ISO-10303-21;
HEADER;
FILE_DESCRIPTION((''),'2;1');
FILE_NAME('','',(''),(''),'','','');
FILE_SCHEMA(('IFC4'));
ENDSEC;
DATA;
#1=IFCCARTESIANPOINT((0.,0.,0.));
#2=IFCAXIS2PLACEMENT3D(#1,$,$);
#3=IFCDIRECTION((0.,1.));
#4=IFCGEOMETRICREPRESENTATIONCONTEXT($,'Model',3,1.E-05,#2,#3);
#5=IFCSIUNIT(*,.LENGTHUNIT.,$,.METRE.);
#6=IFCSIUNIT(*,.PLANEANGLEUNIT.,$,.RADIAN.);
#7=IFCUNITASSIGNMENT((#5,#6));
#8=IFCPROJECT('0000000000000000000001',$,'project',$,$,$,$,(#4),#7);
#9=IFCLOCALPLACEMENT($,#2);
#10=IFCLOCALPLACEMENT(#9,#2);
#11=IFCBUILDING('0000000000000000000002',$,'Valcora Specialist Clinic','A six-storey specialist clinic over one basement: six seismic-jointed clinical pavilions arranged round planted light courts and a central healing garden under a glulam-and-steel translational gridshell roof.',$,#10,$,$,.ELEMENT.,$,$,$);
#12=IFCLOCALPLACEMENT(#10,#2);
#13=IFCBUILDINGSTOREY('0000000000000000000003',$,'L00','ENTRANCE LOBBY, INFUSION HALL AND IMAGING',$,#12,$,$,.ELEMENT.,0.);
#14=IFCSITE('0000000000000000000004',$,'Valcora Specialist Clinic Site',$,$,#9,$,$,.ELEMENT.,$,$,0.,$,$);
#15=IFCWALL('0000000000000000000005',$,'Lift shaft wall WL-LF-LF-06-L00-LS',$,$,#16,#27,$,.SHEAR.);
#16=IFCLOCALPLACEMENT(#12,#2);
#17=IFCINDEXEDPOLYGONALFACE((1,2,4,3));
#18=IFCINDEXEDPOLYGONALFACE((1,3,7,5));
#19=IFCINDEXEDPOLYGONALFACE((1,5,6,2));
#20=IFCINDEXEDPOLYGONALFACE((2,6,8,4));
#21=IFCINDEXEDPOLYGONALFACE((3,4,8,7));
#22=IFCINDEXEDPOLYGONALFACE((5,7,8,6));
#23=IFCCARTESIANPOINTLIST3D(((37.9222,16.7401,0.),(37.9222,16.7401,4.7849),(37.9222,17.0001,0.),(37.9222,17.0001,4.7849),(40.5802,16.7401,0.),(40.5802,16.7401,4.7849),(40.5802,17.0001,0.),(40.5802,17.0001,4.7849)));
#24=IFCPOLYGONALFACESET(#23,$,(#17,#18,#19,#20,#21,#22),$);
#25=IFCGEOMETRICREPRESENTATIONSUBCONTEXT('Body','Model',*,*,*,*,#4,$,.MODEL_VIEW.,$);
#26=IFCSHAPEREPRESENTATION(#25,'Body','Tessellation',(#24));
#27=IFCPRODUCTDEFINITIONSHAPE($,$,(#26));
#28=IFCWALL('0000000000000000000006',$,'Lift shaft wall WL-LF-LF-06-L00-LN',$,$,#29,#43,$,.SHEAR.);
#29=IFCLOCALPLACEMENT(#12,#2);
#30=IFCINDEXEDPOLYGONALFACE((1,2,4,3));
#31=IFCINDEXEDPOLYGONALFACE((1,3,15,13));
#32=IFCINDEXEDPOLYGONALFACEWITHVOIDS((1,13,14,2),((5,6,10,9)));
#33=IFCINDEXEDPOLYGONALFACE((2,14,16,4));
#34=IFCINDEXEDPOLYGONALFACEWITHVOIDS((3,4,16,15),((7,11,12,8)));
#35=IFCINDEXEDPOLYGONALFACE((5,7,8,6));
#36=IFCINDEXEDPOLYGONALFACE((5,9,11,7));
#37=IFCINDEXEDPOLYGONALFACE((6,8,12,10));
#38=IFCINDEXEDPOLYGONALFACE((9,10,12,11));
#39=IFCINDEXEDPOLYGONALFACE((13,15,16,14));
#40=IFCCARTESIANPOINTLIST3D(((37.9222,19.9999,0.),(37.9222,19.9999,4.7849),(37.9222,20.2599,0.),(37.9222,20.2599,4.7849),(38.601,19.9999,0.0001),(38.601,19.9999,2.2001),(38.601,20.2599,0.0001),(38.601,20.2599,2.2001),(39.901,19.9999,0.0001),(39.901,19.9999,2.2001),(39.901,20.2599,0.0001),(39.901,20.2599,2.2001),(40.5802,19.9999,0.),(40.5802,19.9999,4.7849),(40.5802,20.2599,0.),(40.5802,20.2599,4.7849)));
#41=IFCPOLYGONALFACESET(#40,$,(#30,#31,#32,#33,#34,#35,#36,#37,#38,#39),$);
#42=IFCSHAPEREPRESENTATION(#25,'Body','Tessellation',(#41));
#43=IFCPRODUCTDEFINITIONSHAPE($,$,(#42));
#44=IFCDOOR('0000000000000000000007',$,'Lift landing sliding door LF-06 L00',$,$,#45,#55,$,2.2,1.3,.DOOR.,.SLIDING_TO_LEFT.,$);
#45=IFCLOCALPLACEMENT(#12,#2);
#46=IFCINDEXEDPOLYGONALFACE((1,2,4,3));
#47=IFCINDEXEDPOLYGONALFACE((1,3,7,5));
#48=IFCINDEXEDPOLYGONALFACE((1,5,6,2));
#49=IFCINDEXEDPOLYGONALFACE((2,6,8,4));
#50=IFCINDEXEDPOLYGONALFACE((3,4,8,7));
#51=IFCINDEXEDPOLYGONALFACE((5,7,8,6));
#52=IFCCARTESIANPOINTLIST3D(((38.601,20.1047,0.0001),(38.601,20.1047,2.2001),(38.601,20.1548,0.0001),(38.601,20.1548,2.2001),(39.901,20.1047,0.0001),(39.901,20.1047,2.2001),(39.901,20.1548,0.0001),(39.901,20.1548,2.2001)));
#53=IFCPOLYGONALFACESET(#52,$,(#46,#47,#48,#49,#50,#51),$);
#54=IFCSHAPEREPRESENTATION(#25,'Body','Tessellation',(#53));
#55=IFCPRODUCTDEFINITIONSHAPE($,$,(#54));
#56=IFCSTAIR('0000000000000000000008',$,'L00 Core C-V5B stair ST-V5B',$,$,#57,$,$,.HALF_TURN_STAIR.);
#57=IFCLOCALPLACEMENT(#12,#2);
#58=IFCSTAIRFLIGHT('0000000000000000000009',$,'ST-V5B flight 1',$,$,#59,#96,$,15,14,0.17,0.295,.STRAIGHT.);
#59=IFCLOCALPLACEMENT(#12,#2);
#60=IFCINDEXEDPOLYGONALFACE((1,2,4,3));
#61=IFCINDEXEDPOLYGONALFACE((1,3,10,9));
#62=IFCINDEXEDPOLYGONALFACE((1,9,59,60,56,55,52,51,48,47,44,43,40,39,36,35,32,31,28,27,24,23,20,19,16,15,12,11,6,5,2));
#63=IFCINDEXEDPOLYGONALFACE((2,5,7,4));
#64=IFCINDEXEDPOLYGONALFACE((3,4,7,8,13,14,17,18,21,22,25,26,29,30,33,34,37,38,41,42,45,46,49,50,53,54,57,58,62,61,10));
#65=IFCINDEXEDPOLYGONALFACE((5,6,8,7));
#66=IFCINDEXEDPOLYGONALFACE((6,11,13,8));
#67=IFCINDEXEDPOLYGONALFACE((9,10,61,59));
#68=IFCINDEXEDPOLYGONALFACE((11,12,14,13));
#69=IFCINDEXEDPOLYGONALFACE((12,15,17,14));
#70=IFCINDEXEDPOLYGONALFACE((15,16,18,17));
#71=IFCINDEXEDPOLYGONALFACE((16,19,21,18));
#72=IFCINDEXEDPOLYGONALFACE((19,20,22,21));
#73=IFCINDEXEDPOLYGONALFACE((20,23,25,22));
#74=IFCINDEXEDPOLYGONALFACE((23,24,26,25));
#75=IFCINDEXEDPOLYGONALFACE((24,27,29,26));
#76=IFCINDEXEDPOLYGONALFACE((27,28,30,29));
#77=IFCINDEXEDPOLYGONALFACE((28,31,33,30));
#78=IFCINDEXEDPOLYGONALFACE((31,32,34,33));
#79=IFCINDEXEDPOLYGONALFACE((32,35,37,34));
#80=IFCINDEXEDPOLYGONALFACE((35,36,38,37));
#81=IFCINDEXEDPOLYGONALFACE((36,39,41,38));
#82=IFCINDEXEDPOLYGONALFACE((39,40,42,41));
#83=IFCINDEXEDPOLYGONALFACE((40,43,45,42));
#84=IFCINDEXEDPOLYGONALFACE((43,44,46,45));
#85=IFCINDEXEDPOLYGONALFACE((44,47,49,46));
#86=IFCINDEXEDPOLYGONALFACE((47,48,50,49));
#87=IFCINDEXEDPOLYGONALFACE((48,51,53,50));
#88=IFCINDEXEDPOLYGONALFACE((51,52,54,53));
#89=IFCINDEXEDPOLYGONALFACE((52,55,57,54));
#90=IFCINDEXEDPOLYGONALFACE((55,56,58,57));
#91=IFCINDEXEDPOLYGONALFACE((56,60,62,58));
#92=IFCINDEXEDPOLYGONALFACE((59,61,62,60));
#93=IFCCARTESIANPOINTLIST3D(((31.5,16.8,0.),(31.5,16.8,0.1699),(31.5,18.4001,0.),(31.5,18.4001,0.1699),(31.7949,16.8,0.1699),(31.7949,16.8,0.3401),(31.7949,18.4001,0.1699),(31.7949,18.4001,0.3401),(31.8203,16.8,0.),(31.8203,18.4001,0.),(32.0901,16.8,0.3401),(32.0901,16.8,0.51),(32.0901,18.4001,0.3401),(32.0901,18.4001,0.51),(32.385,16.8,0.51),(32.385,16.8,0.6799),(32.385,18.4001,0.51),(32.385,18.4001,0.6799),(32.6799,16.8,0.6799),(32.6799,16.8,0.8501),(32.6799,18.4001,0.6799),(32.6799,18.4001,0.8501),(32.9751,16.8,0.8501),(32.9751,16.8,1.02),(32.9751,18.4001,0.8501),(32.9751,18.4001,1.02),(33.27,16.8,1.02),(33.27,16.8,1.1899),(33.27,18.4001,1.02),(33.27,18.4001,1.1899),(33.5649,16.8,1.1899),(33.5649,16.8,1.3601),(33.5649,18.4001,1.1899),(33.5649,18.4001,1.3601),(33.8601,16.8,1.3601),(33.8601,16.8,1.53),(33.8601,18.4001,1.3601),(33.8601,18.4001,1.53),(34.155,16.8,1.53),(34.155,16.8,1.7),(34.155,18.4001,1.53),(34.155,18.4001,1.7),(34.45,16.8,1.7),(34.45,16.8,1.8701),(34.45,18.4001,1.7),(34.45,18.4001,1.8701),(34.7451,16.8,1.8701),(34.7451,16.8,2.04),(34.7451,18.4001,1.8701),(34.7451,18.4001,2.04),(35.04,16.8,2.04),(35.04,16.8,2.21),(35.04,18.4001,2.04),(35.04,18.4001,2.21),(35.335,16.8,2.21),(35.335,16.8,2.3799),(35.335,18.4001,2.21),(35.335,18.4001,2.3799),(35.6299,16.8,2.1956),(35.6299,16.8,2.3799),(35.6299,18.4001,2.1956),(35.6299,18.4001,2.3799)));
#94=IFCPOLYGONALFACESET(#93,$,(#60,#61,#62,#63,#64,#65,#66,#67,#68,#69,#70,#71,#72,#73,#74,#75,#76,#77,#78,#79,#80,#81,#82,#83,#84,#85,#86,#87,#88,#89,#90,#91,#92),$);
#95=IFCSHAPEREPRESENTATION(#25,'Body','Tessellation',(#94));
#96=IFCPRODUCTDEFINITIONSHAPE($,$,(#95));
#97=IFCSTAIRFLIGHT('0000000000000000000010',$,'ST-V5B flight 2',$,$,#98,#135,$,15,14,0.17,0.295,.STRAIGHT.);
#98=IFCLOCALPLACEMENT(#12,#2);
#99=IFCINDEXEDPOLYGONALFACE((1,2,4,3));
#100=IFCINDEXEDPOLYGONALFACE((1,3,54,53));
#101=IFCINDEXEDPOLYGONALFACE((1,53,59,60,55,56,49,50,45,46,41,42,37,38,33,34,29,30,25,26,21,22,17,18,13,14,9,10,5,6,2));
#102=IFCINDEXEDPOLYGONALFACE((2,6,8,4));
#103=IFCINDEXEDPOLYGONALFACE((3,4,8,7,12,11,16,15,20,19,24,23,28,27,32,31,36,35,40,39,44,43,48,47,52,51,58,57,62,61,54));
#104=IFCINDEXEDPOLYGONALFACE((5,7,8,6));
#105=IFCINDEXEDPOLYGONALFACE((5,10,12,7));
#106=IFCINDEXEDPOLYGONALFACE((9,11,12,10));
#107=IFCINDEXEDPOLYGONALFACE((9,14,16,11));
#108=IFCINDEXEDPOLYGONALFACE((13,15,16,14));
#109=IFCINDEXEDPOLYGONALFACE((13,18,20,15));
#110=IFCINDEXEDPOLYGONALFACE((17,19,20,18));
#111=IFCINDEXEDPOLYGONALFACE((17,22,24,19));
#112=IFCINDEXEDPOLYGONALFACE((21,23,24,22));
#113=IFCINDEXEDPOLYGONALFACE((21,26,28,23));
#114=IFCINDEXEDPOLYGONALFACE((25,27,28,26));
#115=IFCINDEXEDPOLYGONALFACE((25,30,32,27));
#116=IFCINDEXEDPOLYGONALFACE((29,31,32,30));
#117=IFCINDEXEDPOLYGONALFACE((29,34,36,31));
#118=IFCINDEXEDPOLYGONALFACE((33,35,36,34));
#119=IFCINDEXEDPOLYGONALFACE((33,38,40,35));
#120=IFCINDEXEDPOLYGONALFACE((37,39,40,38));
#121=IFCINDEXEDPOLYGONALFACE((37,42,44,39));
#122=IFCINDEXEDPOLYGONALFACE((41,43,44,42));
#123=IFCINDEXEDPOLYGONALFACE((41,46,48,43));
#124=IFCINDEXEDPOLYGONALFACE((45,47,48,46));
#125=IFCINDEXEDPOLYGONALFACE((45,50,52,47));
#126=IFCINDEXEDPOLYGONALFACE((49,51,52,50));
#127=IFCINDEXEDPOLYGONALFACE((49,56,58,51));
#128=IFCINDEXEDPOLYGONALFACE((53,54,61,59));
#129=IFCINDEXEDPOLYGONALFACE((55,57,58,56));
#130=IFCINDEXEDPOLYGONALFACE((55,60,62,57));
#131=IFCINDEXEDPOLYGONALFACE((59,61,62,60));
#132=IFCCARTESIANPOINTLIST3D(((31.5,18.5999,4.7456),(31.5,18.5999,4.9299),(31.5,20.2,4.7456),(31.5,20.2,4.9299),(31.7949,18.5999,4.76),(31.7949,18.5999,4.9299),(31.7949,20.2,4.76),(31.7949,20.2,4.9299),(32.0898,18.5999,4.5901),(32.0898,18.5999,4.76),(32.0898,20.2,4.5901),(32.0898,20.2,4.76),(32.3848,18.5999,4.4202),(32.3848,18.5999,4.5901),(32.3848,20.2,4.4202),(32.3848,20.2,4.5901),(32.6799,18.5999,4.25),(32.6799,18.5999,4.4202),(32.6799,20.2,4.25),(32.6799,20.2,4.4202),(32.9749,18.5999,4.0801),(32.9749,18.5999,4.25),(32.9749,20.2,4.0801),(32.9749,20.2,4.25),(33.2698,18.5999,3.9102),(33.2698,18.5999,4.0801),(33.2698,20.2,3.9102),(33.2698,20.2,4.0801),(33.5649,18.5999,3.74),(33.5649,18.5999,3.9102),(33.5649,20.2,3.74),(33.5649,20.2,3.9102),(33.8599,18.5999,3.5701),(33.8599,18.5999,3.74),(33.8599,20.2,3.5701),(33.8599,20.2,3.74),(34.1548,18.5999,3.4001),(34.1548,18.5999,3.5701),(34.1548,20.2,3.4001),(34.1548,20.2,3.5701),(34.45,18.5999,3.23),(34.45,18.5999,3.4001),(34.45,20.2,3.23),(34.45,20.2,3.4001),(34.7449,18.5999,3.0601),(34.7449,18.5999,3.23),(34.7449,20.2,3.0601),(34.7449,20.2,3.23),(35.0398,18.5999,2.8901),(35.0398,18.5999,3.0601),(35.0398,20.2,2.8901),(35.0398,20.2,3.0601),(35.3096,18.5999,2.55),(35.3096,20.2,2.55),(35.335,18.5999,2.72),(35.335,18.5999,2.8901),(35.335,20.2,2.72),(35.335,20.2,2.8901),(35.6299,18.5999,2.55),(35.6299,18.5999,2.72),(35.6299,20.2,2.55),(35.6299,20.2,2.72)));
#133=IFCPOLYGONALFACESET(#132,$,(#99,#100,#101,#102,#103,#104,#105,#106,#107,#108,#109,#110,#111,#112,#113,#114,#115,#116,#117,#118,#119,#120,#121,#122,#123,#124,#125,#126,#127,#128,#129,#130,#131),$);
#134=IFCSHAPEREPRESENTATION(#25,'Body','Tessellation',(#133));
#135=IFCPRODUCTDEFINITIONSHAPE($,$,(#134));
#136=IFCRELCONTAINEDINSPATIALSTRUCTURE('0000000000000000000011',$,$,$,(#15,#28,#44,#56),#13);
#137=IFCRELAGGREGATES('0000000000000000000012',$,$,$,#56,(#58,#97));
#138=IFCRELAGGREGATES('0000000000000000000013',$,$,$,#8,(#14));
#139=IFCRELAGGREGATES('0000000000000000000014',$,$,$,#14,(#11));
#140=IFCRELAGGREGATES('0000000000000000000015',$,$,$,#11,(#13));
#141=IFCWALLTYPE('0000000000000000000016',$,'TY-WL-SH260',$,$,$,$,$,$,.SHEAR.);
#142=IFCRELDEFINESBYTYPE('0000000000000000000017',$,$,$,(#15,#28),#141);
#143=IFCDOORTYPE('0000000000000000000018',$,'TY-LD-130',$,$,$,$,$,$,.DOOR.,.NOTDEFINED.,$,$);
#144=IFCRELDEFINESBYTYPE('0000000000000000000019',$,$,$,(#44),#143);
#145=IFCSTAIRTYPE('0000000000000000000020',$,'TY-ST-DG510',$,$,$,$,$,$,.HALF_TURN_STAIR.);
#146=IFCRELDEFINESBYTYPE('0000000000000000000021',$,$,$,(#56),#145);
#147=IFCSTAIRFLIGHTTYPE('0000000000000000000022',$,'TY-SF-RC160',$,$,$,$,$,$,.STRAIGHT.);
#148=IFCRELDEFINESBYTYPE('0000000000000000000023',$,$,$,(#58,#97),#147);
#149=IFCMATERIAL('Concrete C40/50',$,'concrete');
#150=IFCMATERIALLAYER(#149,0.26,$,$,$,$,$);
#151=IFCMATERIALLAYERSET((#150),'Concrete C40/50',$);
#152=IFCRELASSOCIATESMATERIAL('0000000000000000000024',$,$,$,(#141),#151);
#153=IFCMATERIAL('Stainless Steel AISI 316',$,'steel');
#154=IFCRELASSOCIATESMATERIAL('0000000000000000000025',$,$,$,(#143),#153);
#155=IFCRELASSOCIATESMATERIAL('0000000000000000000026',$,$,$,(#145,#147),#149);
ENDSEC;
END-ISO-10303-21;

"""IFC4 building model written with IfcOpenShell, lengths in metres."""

from ifc_helpers import new_model, si_unit, direction, frame, frame_2d, origin, place, context, subcontext, project, spatial, polyline, rectangle, outline, extrude, material, layer, layer_set, type_object, element, fill, aggregate, save


model = new_model("IFC4")

# Units and contexts
model_context = context("Model", 3, precision=1e-05, world=origin(), true_north=direction((0.0, 1.0)))
body_context = subcontext(model_context, "Body", "Model", "MODEL_VIEW")
ifc_project = project(units=[si_unit("LENGTHUNIT", "METRE"), si_unit("PLANEANGLEUNIT", "RADIAN")], contexts=[model_context])

# Site, building, storey
site_placement = place(None, origin())
site = spatial("IfcSite", under=ifc_project, at=site_placement, Name="Valcora Specialist Clinic Site", CompositionType="ELEMENT", RefElevation=0.0)
building_placement = place(site_placement, origin())
building = spatial("IfcBuilding", under=site, at=building_placement, Name="Valcora Specialist Clinic", Description="A six-storey specialist clinic over one basement: six seismic-jointed clinical pavilions arranged round planted light courts and a central healing garden under a glulam-and-steel translational gridshell roof.", CompositionType="ELEMENT")
storey_placement = place(building_placement, origin())
storey = spatial("IfcBuildingStorey", under=building, at=storey_placement, Name="L00", Description="ENTRANCE LOBBY, INFUSION HALL AND IMAGING", CompositionType="ELEMENT", Elevation=0.0)

# Shared definitions
ifc_material_1 = material(Name="Concrete C40/50", Category="concrete")

# Wall
ifc_layer_1 = layer(ifc_material_1, 0.26)
ifc_layer_set_1 = layer_set([ifc_layer_1], Name="Concrete C40/50")
wall_type_1 = type_object("IfcWallType", Name="TY-WL-SH260", PredefinedType="SHEAR", material=ifc_layer_set_1)
wall_1_placement = place(storey_placement, frame((37.9221, 16.8701, 0.0), z_axis=(0.0, 0.0, 1.0), x_axis=(1.0, 0.0, 0.0)))
element("IfcWall", 1, at=wall_1_placement, inside=storey, type_object=wall_type_1, Name="Lift shaft wall WL-LF-LF-06-L00-LS", PredefinedType="SHEAR", context=body_context, shape_type="SweptSolid", body=[
    extrude(rectangle(XDim=2.658, YDim=0.26, at=frame_2d((1.3291, 0.0))), origin(), (0.0, 0.0, 1.0), 4.7849),
])

# Wall, opening, door
wall_2_placement = place(storey_placement, frame((37.9221, 20.1299, 0.0), z_axis=(0.0, 0.0, 1.0), x_axis=(1.0, 0.0, 0.0)))
wall_2 = element("IfcWall", 2, at=wall_2_placement, inside=storey, type_object=wall_type_1, Name="Lift shaft wall WL-LF-LF-06-L00-LN", PredefinedType="SHEAR", context=body_context, shape_type="SweptSolid", body=[
    extrude(rectangle(XDim=2.658, YDim=0.26, at=frame_2d((1.3291, 0.0))), origin(), (0.0, 0.0, 1.0), 4.7849),
])
opening_1_placement = place(wall_2_placement, frame((0.679, 0.0, 0.0)))
opening_1 = element("IfcOpeningElement", 3, at=opening_1_placement, cuts=wall_2, PredefinedType="OPENING", context=body_context, shape_type="SweptSolid", body=[
    extrude(rectangle(XDim=1.3, YDim=2.2, at=frame_2d((0.6499, 1.1001))), frame((0.0, 0.1399, 0.0), z_axis=(0.0, -1.0, 0.0), x_axis=(1.0, 0.0, 0.0)), (0.0, 0.0, 1.0), 0.28),
])
ifc_material_2 = material(Name="Stainless Steel AISI 316", Category="steel")
door_type_1 = type_object("IfcDoorType", Name="TY-LD-130", OperationType="NOTDEFINED", PredefinedType="DOOR", material=ifc_material_2)
door_1_placement = place(opening_1_placement, origin())
door_1 = element("IfcDoor", 4, at=door_1_placement, inside=storey, type_object=door_type_1, Name="Lift landing sliding door LF-06 L00", OperationType="SLIDING_TO_LEFT", OverallHeight=2.2, OverallWidth=1.3, PredefinedType="DOOR", context=body_context, shape_type="SweptSolid", body=[
    extrude(rectangle(XDim=1.3, YDim=2.2, at=frame_2d((0.6499, 1.1001))), frame((0.0, 0.0249, 0.0), z_axis=(0.0, -1.0, 0.0), x_axis=(1.0, 0.0, 0.0)), (0.0, 0.0, 1.0), 0.05),
])
fill(opening_1, door_1)

# Stair, stair flights
stair_type = type_object("IfcStairType", Name="TY-ST-DG510", PredefinedType="HALF_TURN_STAIR", material=ifc_material_1)
stair_placement = place(storey_placement, origin())
stair = element("IfcStair", 5, at=stair_placement, inside=storey, type_object=stair_type, Name="L00 Core C-V5B stair ST-V5B", PredefinedType="HALF_TURN_STAIR")
stair_flight_type = type_object("IfcStairFlightType", Name="TY-SF-RC160", PredefinedType="STRAIGHT", material=ifc_material_1)
stair_flight_1_placement = place(storey_placement, frame((31.5, 17.6001, 0.0), z_axis=(0.0, 0.0, 1.0), x_axis=(1.0, 0.0, 0.0)))
stair_flight_1 = element("IfcStairFlight", 6, at=stair_flight_1_placement, type_object=stair_flight_type, Name="ST-V5B flight 1", NumberOfRisers=15, NumberOfTreads=14, PredefinedType="STRAIGHT", RiserHeight=0.17, TreadLength=0.295, context=body_context, shape_type="SweptSolid", body=[
    extrude(outline(polyline([(0.0, 0.0), (0.0, 0.1699), (0.2949, 0.1699), (0.2949, 0.3401), (0.5901, 0.3401), (0.5901, 0.51), (0.885, 0.51), (0.885, 0.6799), (1.1799, 0.6799), (1.1799, 0.8501), (1.4751, 0.8501), (1.4751, 1.02), (1.77, 1.02), (1.77, 1.1899), (2.0649, 1.1899), (2.0649, 1.3601), (2.3601, 1.3601), (2.3601, 1.53), (2.655, 1.53), (2.655, 1.7), (2.95, 1.7), (2.95, 1.8701), (3.2451, 1.8701), (3.2451, 2.04), (3.54, 2.04), (3.54, 2.21), (3.835, 2.21), (3.835, 2.3799), (4.1299, 2.3799), (4.1299, 2.55), (4.1299, 2.1956), (0.3203, 0.0), (0.0, 0.0)])), frame((0.0, 0.8, 0.0), z_axis=(0.0, -1.0, 0.0), x_axis=(1.0, 0.0, 0.0)), (0.0, 0.0, 1.0), 1.6001),
])
stair_flight_2_placement = place(storey_placement, frame((35.6299, 19.3999, 2.55), z_axis=(0.0, 0.0, 1.0), x_axis=(-1.0, 0.0, 0.0)))
stair_flight_2 = element("IfcStairFlight", 7, at=stair_flight_2_placement, type_object=stair_flight_type, Name="ST-V5B flight 2", NumberOfRisers=15, NumberOfTreads=14, PredefinedType="STRAIGHT", RiserHeight=0.17, TreadLength=0.295, context=body_context, shape_type="SweptSolid", body=[
    extrude(outline(polyline([(0.0, 0.0), (0.0, 0.1699), (0.2949, 0.1699), (0.2949, 0.3401), (0.5901, 0.3401), (0.5901, 0.51), (0.885, 0.51), (0.885, 0.6799), (1.1799, 0.6799), (1.1799, 0.8501), (1.4751, 0.8501), (1.4751, 1.02), (1.77, 1.02), (1.77, 1.1899), (2.0649, 1.1899), (2.0649, 1.3601), (2.3601, 1.3601), (2.3601, 1.53), (2.655, 1.53), (2.655, 1.7), (2.95, 1.7), (2.95, 1.8701), (3.2451, 1.8701), (3.2451, 2.04), (3.54, 2.04), (3.54, 2.21), (3.835, 2.21), (3.835, 2.3799), (4.1299, 2.3799), (4.1299, 2.55), (4.1299, 2.1956), (0.3203, 0.0), (0.0, 0.0)])), frame((0.0, 0.8, 0.0), z_axis=(0.0, -1.0, 0.0), x_axis=(1.0, 0.0, 0.0)), (0.0, 0.0, 1.0), 1.6001),
])
aggregate(stair, [stair_flight_1, stair_flight_2])

save(model, "model.ifc")
